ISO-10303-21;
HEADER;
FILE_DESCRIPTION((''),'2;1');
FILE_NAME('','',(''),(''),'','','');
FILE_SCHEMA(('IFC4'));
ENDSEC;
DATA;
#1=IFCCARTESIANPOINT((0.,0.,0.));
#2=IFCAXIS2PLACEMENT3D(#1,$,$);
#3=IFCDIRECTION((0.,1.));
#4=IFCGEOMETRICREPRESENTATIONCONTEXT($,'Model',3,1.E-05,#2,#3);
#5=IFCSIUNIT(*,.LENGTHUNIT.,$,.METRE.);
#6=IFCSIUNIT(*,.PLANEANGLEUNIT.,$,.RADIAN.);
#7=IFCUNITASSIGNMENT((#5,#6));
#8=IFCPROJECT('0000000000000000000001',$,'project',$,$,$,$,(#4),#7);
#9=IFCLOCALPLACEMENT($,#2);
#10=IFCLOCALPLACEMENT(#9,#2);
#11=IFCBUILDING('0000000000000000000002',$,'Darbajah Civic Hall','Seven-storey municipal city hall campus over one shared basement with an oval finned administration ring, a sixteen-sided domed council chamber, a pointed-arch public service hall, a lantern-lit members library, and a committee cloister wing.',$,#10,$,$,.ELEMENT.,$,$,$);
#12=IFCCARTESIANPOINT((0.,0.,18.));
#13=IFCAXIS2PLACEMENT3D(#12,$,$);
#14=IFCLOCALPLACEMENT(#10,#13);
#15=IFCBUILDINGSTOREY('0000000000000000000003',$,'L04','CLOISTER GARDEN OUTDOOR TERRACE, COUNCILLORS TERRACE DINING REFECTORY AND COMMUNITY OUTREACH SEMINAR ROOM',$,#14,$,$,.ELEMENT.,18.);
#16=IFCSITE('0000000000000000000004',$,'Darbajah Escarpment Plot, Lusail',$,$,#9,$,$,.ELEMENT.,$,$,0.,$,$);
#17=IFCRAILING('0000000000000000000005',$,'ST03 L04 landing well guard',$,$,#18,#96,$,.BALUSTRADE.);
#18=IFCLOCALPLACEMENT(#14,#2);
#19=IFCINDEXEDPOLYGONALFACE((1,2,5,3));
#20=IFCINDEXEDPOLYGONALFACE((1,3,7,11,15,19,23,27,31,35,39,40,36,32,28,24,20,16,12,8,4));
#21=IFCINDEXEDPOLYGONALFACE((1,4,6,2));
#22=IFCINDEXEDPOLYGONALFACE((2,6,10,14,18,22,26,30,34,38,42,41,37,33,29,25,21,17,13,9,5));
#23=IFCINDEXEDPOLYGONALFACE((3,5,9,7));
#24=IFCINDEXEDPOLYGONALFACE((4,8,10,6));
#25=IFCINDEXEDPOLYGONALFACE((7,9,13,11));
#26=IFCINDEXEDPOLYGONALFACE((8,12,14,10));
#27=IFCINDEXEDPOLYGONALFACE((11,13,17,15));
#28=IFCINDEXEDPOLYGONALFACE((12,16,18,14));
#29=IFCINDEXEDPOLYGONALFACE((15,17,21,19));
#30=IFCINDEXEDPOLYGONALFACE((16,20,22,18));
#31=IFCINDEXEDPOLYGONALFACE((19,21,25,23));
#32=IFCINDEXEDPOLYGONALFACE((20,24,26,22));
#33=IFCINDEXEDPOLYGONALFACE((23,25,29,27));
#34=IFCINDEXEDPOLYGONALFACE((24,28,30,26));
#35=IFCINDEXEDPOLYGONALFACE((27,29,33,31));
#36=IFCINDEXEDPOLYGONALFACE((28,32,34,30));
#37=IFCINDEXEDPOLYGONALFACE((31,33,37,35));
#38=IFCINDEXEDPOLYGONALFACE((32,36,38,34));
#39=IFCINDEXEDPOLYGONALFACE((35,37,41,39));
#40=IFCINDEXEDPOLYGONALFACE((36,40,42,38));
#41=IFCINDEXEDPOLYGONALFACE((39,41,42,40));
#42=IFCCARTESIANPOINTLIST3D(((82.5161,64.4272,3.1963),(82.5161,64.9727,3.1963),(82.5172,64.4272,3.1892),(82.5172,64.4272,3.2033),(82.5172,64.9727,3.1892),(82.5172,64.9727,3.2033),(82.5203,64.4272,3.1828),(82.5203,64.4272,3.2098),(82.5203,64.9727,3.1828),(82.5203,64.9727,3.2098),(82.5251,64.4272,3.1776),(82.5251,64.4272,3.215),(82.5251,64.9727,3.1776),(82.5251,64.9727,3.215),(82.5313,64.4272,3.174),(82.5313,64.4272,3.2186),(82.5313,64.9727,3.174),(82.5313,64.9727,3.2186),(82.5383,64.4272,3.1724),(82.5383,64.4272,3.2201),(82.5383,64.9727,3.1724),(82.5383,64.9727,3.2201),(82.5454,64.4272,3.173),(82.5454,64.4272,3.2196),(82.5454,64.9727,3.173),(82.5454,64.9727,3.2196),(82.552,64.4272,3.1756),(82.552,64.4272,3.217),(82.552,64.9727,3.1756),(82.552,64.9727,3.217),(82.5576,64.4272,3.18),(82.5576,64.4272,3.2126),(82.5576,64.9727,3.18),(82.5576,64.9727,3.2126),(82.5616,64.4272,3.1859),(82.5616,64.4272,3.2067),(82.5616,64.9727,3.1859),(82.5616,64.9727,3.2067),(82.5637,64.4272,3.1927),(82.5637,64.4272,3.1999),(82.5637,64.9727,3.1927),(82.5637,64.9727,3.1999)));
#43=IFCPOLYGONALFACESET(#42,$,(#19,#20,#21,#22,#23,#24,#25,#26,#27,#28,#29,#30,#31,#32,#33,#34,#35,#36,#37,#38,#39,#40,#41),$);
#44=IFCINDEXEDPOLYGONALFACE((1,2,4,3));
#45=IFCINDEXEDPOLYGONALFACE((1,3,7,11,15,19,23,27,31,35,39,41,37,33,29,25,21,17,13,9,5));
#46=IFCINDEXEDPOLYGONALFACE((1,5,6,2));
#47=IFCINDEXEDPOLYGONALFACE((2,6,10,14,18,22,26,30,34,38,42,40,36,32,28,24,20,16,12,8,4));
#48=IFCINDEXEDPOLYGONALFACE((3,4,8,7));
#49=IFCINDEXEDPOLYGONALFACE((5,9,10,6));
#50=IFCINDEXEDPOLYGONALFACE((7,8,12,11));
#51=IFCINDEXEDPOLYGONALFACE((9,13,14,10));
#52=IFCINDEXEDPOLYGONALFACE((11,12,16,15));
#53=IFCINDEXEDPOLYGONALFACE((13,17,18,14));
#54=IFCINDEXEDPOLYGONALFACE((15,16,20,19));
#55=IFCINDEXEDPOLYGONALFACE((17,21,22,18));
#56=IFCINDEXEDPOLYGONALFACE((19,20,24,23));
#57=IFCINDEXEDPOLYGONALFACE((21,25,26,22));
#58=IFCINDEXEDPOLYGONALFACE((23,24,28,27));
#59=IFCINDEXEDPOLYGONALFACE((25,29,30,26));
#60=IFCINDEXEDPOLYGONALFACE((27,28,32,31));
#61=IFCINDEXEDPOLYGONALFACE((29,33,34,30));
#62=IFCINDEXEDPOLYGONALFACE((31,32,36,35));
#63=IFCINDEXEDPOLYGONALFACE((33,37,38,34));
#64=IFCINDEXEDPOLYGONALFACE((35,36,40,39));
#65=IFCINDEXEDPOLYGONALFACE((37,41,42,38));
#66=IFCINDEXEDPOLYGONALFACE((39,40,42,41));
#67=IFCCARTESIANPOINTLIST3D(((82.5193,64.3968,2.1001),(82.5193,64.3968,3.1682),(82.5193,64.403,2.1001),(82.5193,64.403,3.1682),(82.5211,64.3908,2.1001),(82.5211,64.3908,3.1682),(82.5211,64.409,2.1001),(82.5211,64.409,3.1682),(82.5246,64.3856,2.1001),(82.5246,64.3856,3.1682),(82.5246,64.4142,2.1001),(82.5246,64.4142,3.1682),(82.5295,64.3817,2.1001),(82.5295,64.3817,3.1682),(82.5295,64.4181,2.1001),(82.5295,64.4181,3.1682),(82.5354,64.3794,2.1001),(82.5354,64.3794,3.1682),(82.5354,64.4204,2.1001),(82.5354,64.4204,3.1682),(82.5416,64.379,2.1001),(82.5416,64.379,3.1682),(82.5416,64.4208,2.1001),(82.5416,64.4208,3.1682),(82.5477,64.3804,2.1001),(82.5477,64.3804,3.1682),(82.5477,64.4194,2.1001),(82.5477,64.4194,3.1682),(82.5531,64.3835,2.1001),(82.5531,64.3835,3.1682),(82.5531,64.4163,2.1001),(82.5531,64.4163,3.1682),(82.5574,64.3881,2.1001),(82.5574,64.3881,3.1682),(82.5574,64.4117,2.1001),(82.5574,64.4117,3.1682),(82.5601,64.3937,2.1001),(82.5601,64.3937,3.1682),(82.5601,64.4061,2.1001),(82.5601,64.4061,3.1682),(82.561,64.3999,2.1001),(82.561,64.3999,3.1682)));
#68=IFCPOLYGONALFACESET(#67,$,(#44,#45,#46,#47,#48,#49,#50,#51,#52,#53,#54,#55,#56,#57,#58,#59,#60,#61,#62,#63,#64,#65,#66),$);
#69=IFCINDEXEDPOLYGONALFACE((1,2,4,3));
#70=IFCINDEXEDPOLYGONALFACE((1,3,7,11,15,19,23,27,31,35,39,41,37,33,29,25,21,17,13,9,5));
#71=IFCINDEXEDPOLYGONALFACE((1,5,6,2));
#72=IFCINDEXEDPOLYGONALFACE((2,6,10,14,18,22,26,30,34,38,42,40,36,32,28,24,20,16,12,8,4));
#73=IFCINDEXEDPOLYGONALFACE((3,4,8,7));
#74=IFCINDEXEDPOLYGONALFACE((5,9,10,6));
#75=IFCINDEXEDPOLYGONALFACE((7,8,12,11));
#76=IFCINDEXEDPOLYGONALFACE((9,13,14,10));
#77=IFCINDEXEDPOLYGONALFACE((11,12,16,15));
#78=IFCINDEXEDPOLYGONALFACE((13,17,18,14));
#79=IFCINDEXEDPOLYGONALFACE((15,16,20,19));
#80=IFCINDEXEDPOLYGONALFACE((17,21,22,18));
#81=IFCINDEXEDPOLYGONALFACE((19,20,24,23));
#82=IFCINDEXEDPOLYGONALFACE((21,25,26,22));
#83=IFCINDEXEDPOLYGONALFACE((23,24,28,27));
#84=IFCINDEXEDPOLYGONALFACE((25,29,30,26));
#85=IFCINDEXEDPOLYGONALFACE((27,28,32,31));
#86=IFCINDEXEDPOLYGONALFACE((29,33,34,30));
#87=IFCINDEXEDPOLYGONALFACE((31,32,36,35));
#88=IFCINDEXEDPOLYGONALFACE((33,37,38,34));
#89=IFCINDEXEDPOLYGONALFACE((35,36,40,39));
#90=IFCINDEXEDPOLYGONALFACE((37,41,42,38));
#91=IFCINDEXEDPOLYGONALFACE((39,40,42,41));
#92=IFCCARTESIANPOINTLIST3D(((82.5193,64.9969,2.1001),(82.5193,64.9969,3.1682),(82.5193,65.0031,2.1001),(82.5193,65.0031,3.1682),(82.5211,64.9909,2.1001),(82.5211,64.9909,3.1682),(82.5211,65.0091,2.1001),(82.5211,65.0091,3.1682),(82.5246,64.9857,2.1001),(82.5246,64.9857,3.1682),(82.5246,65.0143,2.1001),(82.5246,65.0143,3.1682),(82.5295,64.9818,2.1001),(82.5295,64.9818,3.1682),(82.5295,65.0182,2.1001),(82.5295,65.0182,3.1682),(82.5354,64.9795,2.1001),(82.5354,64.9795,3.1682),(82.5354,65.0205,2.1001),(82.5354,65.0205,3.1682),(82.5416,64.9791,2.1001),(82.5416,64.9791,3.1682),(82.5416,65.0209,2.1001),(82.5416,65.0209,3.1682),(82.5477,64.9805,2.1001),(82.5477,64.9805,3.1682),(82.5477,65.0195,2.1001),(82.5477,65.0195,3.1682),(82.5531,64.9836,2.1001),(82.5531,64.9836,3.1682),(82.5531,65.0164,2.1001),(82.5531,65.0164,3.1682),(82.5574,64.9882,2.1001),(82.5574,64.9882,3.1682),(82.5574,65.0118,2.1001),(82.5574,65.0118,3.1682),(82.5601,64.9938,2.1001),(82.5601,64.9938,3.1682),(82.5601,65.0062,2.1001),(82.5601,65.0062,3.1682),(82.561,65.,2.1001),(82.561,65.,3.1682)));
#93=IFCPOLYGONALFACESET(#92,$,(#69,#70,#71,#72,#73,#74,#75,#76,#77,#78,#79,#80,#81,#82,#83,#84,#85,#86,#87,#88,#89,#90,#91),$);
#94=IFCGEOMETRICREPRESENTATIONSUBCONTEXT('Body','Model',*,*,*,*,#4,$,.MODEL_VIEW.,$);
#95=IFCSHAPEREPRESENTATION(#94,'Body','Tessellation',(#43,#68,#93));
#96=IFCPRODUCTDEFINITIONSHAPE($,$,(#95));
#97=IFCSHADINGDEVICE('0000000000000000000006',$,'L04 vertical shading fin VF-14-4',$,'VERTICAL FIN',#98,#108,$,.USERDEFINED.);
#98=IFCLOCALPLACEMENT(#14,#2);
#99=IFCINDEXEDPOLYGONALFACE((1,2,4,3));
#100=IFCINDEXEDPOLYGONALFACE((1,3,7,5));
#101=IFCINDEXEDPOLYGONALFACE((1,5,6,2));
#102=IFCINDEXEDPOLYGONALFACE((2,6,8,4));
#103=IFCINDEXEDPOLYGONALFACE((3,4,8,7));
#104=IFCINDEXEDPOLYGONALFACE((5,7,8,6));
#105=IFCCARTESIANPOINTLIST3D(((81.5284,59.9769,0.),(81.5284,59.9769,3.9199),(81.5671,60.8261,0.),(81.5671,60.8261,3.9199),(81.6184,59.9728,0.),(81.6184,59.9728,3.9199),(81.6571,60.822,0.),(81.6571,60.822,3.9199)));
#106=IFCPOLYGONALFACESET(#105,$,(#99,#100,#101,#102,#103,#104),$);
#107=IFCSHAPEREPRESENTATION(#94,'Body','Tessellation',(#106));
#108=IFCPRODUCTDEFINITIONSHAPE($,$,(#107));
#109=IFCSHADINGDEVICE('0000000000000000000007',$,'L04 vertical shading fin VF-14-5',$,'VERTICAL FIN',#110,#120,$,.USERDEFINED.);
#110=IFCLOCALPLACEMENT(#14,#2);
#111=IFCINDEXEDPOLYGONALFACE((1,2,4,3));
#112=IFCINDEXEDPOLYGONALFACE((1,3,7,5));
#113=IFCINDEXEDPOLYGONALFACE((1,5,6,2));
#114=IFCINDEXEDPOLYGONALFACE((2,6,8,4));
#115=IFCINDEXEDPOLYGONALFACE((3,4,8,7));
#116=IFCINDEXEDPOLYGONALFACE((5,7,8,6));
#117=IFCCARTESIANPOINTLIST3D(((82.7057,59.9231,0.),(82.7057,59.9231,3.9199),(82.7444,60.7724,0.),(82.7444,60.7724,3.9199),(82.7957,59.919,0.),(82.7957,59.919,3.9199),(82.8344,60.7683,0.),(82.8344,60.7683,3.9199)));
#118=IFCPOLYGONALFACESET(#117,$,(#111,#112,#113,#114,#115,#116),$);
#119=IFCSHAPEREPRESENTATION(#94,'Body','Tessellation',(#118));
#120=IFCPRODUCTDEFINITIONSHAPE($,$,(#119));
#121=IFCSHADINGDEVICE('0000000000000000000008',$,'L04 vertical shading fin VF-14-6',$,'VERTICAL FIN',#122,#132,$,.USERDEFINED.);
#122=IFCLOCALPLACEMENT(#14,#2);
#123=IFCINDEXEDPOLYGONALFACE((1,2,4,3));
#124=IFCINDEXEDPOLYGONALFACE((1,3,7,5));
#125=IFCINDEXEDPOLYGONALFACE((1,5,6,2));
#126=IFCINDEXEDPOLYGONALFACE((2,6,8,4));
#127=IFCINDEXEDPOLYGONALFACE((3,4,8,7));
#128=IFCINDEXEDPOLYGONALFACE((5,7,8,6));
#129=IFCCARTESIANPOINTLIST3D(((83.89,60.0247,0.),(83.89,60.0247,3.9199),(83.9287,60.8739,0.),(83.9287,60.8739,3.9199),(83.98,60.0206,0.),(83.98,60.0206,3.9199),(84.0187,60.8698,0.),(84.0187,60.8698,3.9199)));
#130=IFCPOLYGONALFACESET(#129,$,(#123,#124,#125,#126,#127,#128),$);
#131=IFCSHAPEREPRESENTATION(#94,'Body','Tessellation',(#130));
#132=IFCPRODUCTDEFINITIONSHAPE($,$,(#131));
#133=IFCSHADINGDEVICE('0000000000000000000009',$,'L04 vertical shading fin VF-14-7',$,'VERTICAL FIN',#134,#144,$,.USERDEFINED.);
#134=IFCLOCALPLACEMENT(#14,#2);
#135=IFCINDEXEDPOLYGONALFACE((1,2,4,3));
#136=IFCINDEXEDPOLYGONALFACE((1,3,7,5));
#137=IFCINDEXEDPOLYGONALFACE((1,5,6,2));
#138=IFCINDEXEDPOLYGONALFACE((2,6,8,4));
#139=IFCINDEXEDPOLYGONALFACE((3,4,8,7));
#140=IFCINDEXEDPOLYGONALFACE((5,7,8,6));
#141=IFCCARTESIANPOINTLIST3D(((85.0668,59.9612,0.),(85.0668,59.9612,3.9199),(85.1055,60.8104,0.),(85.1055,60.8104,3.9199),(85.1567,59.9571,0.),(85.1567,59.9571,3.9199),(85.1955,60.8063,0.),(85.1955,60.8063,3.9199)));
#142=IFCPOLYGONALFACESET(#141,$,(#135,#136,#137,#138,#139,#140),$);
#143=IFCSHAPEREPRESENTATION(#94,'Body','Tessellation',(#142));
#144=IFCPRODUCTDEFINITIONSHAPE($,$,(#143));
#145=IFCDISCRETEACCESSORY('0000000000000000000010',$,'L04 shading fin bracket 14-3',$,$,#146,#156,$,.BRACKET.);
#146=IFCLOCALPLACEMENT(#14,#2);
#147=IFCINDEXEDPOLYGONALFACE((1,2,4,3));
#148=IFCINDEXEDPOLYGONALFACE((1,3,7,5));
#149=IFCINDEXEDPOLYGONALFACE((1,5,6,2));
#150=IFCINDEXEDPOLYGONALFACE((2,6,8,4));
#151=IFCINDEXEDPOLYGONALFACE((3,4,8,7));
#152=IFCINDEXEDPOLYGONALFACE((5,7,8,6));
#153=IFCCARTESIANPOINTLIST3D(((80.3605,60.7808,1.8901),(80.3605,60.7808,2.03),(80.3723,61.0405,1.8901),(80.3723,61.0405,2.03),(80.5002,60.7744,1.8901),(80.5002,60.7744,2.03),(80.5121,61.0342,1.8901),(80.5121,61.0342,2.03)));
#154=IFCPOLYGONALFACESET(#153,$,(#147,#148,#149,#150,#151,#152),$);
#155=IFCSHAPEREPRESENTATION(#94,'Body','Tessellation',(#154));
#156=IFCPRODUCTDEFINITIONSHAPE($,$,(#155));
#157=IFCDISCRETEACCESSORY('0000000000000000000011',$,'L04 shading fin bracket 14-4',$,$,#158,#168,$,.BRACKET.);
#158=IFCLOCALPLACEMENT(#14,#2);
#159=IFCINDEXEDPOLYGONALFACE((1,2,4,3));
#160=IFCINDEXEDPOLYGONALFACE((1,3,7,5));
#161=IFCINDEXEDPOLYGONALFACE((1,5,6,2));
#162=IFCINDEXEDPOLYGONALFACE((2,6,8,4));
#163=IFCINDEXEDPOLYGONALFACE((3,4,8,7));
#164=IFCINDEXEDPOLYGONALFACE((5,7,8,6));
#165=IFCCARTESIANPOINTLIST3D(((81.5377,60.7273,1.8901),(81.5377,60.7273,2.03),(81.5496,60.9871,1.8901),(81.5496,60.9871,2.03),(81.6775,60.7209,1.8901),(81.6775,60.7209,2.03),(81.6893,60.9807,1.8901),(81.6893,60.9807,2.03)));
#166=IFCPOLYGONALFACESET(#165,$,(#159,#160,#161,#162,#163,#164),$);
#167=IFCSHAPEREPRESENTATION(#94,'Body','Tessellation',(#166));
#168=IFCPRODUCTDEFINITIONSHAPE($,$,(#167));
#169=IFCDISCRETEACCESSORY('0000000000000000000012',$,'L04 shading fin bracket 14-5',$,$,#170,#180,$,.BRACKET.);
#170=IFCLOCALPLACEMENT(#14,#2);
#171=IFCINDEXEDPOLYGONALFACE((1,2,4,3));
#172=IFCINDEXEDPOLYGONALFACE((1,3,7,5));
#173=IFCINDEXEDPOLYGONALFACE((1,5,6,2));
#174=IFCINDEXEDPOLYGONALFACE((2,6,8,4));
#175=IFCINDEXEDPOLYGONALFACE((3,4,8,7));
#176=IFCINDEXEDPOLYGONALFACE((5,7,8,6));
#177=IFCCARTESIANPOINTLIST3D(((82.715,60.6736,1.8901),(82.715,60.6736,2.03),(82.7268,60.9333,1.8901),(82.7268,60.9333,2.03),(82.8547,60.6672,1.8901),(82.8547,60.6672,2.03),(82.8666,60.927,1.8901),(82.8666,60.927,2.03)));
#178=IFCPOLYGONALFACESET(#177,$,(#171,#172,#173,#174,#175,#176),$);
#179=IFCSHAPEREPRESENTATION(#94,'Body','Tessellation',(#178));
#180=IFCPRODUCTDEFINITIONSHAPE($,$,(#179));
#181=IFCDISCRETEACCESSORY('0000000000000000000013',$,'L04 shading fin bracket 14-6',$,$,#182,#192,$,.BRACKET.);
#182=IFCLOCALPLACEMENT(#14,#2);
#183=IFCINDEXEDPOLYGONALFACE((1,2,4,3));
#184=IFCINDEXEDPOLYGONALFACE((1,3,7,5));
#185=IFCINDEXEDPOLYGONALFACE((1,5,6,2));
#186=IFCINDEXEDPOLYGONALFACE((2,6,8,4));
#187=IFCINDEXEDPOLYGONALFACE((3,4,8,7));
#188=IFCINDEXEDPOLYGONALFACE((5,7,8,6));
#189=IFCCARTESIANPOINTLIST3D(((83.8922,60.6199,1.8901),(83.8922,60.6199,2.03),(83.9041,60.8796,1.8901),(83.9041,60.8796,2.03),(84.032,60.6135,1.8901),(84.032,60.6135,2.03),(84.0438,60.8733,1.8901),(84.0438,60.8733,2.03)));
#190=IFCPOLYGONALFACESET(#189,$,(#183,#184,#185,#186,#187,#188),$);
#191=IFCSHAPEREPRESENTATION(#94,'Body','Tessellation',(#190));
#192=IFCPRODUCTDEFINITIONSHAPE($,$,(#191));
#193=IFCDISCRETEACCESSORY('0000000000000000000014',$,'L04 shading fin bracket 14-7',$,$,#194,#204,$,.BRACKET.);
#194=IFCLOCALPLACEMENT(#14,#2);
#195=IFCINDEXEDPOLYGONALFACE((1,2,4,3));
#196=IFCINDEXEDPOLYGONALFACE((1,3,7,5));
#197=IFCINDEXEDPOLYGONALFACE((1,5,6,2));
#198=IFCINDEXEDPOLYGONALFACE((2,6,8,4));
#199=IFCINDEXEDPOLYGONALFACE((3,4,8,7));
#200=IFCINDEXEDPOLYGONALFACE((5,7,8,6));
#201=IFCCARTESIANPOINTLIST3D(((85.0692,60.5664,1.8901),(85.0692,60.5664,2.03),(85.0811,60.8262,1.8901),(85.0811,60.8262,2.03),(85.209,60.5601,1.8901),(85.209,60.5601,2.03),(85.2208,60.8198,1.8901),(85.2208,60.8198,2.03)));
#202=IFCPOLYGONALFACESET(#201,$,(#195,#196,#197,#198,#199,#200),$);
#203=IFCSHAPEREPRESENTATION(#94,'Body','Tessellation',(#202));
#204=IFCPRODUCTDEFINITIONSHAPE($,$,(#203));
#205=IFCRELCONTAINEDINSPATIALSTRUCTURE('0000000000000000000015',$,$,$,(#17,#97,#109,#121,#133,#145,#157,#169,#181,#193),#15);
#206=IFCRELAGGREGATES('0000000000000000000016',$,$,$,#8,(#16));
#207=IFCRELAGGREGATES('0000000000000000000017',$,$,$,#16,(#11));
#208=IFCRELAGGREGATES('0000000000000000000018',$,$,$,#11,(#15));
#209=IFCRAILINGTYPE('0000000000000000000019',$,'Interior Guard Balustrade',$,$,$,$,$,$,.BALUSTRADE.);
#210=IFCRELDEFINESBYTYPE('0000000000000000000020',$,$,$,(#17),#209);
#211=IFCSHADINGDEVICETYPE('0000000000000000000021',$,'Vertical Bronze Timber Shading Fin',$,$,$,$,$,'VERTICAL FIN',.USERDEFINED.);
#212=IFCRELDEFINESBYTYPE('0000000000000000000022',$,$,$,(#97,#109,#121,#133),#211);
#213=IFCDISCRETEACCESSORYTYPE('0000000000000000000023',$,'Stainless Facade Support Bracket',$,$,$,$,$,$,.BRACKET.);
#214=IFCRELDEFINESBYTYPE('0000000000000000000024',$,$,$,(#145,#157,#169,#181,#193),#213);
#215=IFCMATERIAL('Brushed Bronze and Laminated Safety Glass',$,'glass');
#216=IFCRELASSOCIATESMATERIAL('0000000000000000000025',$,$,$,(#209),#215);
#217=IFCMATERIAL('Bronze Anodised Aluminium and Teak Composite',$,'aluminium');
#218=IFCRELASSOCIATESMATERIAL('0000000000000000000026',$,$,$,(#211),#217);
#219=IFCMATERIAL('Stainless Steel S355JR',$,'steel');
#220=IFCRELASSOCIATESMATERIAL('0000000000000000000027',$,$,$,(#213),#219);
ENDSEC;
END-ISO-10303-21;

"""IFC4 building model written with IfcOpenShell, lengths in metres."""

from ifc_helpers import new_model, si_unit, direction, frame, origin, origin_2d, place, context, subcontext, project, spatial, rectangle, circle, extrude, material, type_object, element, save


model = new_model("IFC4")

# Units and contexts
model_context = context("Model", 3, precision=1e-05, world=origin(), true_north=direction((0.0, 1.0)))
body_context = subcontext(model_context, "Body", "Model", "MODEL_VIEW")
ifc_project = project(units=[si_unit("LENGTHUNIT", "METRE"), si_unit("PLANEANGLEUNIT", "RADIAN")], contexts=[model_context])

# Site, building, storey
site_placement = place(None, origin())
site = spatial("IfcSite", under=ifc_project, at=site_placement, Name="Darbajah Escarpment Plot, Lusail", CompositionType="ELEMENT", RefElevation=0.0)
building_placement = place(site_placement, origin())
building = spatial("IfcBuilding", under=site, at=building_placement, Name="Darbajah Civic Hall", Description="Seven-storey municipal city hall campus over one shared basement with an oval finned administration ring, a sixteen-sided domed council chamber, a pointed-arch public service hall, a lantern-lit members library, and a committee cloister wing.", CompositionType="ELEMENT")
storey_placement = place(building_placement, frame((0.0, 0.0, 18.0)))
storey = spatial("IfcBuildingStorey", under=building, at=storey_placement, Name="L04", Description="CLOISTER GARDEN OUTDOOR TERRACE, COUNCILLORS TERRACE DINING REFECTORY AND COMMUNITY OUTREACH SEMINAR ROOM", CompositionType="ELEMENT", Elevation=18.0)

# Railing
ifc_material_1 = material(Name="Brushed Bronze and Laminated Safety Glass", Category="glass")
railing_type_1 = type_object("IfcRailingType", Name="Interior Guard Balustrade", PredefinedType="BALUSTRADE", material=ifc_material_1)
railing_1_placement = place(storey_placement, frame((82.54, 64.3999, 2.1001)))
element("IfcRailing", 1, at=railing_1_placement, inside=storey, type_object=railing_type_1, Name="ST03 L04 landing well guard", PredefinedType="BALUSTRADE", context=body_context, shape_type="SweptSolid", body=[
    extrude(circle(Radius=0.0239, at=origin_2d()), frame((0.0, 0.0273, 1.0962), z_axis=(0.0, 1.0, 0.0), x_axis=(-1.0, 0.0, 0.0)), (0.0, 0.0, 1.0), 0.5454),
    extrude(circle(Radius=0.021, at=origin_2d()), origin(), (0.0, 0.0, 1.0), 1.0681),
    extrude(circle(Radius=0.021, at=origin_2d()), frame((0.0, 0.6001, 0.0)), (0.0, 0.0, 1.0), 1.0681),
])

# Shading devices
ifc_material_2 = material(Name="Bronze Anodised Aluminium and Teak Composite", Category="aluminium")
shading_device_type = type_object("IfcShadingDeviceType", Name="Vertical Bronze Timber Shading Fin", ElementType="VERTICAL FIN", PredefinedType="USERDEFINED", material=ifc_material_2)
for number, where, z_axis, x_axis, name in (
    (2, (81.5928, 60.3994, 0.0), (0.0, 0.0, 1.0), (-0.045537, -0.998963, 0.0), "L04 vertical shading fin VF-14-4"),
    (3, (82.77, 60.3457, 0.0), (0.0, 0.0, 1.0), (-0.045537, -0.998963, 0.0), "L04 vertical shading fin VF-14-5"),
    (4, (83.9543, 60.4473, 0.0), (0.0, 0.0, 1.0), (-0.045537, -0.998963, 0.0), "L04 vertical shading fin VF-14-6"),
    (5, (85.1311, 60.3838, 0.0), (0.0, 0.0, 1.0), (-0.045537, -0.998963, 0.0), "L04 vertical shading fin VF-14-7"),
):
    element("IfcShadingDevice", number, at=place(storey_placement, frame(where, z_axis=z_axis, x_axis=x_axis)), inside=storey, type_object=shading_device_type, Name=name, ObjectType="VERTICAL FIN", PredefinedType="USERDEFINED", context=body_context, shape_type="SweptSolid", body=[
        extrude(rectangle(XDim=0.8501, YDim=0.0901, at=origin_2d()), origin(), (0.0, 0.0, 1.0), 3.9199),
    ])

# Discrete accessories
ifc_material_3 = material(Name="Stainless Steel S355JR", Category="steel")
discrete_accessory_type = type_object("IfcDiscreteAccessoryType", Name="Stainless Facade Support Bracket", PredefinedType="BRACKET", material=ifc_material_3)
for number, where, z_axis, x_axis, name in (
    (6, (80.4363, 60.9075, 1.8901), (0.0, 0.0, 1.0), (-0.045537, -0.998963, 0.0), "L04 shading fin bracket 14-3"),
    (7, (81.6135, 60.854, 1.8901), (0.0, 0.0, 1.0), (-0.045537, -0.998963, 0.0), "L04 shading fin bracket 14-4"),
    (8, (82.7908, 60.8003, 1.8901), (0.0, 0.0, 1.0), (-0.045537, -0.998963, 0.0), "L04 shading fin bracket 14-5"),
    (9, (83.968, 60.7466, 1.8901), (0.0, 0.0, 1.0), (-0.045537, -0.998963, 0.0), "L04 shading fin bracket 14-6"),
    (10, (85.145, 60.6931, 1.8901), (0.0, 0.0, 1.0), (-0.045537, -0.998963, 0.0), "L04 shading fin bracket 14-7"),
):
    element("IfcDiscreteAccessory", number, at=place(storey_placement, frame(where, z_axis=z_axis, x_axis=x_axis)), inside=storey, type_object=discrete_accessory_type, Name=name, PredefinedType="BRACKET", context=body_context, shape_type="SweptSolid", body=[
        extrude(rectangle(XDim=0.26, YDim=0.1399, at=origin_2d()), origin(), (0.0, 0.0, 1.0), 0.1399),
    ])

save(model, "model.ifc")
